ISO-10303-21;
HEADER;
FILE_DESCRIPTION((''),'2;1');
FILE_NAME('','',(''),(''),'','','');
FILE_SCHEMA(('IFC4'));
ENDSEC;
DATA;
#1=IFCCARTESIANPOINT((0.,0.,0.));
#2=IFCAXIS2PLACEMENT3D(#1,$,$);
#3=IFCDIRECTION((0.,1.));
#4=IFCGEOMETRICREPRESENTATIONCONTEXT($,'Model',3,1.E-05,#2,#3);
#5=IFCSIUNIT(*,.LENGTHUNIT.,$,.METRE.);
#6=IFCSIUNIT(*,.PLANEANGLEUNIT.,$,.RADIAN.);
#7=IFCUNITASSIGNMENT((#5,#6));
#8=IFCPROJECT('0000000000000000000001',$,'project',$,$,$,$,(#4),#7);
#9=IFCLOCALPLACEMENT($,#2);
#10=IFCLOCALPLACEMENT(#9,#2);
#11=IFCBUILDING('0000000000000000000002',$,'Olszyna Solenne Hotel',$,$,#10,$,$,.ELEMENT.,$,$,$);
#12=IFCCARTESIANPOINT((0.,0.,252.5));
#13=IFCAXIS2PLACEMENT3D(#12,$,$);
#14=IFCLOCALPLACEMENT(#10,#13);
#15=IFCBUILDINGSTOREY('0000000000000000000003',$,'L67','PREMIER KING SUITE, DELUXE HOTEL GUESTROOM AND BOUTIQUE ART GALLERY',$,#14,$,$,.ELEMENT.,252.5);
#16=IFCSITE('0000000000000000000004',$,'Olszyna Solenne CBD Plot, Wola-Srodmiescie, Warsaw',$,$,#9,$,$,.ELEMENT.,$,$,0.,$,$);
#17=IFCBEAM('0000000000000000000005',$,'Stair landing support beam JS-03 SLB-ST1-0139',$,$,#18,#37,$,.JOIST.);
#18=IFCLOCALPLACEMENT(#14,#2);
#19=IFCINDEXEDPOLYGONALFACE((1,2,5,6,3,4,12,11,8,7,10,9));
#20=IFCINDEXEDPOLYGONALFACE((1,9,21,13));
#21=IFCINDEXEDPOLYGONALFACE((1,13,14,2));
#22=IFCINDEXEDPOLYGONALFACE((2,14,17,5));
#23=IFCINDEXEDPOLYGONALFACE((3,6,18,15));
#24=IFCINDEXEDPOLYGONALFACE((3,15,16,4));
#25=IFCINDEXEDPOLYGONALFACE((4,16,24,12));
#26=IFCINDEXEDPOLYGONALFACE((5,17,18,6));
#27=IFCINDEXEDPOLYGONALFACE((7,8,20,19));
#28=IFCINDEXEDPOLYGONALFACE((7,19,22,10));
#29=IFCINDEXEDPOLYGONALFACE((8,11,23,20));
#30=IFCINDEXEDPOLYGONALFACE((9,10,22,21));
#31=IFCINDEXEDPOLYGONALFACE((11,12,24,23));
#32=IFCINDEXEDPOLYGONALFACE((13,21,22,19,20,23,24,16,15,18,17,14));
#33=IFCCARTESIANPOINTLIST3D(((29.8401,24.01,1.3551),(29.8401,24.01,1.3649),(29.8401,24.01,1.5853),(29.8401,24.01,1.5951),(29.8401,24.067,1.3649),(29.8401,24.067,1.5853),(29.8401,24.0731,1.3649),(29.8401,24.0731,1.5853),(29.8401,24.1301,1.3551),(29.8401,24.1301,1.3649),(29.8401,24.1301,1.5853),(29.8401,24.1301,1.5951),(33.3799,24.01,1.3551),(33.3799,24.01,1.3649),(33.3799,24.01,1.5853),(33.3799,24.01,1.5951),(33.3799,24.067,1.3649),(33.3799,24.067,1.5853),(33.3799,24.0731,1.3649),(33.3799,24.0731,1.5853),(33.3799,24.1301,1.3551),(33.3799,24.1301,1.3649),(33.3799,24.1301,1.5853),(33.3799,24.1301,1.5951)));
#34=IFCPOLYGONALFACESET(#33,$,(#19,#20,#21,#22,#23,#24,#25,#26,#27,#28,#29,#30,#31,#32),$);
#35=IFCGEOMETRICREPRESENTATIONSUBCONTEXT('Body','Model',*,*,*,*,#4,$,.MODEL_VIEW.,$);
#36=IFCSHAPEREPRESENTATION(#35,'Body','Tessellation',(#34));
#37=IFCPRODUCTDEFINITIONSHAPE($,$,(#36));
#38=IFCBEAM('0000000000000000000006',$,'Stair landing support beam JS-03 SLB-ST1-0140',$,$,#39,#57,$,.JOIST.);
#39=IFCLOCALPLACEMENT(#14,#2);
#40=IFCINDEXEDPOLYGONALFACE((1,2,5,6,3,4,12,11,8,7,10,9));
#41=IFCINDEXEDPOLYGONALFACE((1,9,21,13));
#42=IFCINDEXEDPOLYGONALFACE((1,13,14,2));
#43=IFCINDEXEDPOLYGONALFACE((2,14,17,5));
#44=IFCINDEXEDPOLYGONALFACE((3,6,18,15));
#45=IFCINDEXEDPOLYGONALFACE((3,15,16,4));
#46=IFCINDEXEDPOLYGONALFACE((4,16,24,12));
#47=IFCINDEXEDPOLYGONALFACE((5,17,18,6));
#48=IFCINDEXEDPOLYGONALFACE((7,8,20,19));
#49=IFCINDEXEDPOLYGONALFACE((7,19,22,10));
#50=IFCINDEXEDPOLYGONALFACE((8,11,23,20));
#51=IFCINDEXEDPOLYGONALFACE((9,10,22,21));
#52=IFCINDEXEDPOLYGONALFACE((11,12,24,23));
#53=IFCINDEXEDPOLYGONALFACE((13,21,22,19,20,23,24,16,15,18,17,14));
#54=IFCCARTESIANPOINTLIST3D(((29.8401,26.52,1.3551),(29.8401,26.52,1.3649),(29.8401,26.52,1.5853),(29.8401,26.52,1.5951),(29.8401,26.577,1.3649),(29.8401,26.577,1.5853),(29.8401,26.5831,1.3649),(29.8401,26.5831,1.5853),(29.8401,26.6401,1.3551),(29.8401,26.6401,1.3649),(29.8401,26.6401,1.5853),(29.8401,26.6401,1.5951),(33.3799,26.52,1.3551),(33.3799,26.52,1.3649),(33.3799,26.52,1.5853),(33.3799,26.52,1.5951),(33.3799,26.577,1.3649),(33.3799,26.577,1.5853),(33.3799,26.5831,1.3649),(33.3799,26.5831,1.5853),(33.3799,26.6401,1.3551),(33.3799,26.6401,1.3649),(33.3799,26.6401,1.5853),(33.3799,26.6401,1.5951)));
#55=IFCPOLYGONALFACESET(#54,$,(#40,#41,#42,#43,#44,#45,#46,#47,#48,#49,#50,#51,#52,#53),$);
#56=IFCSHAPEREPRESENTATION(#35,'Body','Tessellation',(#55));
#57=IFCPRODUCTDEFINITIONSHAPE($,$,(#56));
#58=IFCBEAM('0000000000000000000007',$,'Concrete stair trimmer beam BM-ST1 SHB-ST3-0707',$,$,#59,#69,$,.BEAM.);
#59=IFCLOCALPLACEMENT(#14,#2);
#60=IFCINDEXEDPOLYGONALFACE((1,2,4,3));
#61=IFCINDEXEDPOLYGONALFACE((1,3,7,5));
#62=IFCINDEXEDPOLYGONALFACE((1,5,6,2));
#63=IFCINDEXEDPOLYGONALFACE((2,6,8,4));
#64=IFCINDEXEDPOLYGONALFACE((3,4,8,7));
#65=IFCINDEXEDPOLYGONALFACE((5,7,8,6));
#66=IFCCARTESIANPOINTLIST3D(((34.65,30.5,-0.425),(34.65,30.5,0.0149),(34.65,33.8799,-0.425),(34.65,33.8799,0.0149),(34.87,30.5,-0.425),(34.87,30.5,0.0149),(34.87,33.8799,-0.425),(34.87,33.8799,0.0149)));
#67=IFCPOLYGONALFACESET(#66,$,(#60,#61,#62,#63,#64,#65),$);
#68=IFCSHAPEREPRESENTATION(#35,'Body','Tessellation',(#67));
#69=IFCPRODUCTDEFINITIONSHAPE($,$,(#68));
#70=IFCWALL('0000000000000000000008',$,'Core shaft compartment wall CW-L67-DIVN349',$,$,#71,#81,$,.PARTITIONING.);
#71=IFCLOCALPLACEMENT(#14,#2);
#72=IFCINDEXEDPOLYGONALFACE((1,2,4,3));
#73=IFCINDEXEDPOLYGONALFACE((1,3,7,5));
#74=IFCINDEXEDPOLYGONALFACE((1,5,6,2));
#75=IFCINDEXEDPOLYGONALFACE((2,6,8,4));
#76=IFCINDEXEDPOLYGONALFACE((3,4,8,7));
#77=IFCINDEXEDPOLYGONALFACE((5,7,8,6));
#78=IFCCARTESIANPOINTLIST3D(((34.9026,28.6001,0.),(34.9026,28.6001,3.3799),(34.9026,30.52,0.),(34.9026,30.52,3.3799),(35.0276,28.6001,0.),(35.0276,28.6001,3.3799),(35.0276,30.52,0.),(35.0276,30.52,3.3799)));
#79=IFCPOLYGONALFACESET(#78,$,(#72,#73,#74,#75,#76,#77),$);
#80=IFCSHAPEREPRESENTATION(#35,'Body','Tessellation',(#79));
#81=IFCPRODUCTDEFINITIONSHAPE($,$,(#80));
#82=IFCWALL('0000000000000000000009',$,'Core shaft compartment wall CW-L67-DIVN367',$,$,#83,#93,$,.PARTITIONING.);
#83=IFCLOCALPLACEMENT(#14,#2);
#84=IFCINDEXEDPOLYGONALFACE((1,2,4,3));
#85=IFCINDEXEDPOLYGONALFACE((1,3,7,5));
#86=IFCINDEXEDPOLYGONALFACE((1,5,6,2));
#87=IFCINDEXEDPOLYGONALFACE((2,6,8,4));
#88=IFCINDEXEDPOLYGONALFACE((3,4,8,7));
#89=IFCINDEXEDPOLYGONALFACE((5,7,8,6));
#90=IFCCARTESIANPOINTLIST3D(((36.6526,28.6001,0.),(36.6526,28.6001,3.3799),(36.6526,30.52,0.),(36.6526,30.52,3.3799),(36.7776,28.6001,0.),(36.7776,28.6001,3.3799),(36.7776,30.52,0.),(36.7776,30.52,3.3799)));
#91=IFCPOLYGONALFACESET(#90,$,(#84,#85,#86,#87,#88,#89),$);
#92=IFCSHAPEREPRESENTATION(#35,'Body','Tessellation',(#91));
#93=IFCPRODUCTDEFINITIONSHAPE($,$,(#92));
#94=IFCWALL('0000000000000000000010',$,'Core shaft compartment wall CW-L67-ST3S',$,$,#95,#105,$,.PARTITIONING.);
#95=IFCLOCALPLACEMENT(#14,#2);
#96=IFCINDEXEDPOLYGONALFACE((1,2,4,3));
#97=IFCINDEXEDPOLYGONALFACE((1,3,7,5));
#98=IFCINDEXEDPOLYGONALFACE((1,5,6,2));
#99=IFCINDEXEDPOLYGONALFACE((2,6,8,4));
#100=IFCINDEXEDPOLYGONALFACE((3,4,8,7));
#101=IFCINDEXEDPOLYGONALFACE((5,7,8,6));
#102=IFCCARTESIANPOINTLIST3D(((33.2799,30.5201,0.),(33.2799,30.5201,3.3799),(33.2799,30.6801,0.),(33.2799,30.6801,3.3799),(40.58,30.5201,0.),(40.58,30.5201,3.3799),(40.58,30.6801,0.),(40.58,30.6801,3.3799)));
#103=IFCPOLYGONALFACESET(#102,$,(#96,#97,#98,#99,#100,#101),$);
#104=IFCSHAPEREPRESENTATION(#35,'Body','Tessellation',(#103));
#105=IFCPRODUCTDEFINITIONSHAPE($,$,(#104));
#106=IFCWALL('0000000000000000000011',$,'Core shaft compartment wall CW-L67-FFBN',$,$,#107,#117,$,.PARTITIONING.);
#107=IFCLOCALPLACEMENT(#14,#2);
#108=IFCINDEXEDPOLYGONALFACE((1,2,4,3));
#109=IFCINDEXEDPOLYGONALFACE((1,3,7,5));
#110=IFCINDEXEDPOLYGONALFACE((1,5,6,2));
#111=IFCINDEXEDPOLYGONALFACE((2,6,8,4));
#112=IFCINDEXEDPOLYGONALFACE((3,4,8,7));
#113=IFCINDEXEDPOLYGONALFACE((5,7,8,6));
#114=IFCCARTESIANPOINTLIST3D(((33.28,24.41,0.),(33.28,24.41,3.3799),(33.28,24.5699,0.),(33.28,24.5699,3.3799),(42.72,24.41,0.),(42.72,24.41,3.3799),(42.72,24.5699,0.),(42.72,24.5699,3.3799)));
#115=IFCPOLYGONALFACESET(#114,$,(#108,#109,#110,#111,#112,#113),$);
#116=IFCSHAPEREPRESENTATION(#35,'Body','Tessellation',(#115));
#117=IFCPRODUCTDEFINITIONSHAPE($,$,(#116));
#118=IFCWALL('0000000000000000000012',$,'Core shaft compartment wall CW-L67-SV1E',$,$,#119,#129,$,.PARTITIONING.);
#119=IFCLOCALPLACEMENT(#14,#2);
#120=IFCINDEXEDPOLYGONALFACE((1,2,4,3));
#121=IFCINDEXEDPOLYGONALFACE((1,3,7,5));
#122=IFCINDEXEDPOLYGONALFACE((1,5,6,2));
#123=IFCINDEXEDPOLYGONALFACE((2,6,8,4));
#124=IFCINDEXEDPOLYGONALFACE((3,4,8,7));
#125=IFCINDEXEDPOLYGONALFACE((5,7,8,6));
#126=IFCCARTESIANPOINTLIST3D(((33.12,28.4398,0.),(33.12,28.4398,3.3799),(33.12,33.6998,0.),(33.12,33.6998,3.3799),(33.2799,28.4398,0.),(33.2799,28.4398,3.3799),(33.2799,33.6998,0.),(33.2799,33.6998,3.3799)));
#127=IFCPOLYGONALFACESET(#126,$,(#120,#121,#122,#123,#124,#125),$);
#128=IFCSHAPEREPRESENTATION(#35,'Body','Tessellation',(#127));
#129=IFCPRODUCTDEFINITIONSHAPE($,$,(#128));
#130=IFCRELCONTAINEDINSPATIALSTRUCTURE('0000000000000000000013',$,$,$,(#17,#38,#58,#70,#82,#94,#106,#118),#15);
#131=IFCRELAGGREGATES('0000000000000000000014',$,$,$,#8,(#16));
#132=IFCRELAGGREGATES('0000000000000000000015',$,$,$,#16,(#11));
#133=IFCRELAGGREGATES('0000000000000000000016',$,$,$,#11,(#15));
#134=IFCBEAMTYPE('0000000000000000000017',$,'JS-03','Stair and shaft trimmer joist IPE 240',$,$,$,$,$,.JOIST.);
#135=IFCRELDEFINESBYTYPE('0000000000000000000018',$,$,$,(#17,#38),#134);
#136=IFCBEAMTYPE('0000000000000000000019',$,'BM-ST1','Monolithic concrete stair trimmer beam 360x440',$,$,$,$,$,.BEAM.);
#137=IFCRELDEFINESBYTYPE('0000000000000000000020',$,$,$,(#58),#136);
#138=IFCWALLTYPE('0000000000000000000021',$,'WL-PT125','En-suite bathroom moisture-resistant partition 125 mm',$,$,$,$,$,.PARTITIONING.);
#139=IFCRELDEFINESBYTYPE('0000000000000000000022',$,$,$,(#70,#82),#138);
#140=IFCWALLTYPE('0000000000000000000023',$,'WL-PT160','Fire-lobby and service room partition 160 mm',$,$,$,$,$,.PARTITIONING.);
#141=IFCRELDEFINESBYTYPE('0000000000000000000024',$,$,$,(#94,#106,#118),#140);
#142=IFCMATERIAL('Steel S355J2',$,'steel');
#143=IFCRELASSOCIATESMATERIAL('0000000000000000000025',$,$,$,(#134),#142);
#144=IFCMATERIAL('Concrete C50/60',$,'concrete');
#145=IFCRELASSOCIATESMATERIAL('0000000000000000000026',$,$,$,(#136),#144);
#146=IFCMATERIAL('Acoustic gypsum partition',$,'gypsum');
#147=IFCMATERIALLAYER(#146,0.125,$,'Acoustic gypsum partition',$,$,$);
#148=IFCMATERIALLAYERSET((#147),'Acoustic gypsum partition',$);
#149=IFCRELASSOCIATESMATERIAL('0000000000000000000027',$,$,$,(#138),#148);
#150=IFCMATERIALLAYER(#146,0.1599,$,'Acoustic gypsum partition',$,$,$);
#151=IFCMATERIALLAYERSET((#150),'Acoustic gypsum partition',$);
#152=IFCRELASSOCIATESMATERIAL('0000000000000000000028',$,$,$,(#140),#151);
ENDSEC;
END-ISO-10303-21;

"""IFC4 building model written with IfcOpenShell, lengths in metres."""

from ifc_helpers import new_model, si_unit, direction, frame, frame_2d, origin, origin_2d, place, context, subcontext, project, spatial, rectangle, i_section, extrude, source, transform, mapped, material, layer, layer_set, material_profile, profile_set, type_object, element, save


model = new_model("IFC4")

# Units and contexts
model_context = context("Model", 3, precision=1e-05, world=origin(), true_north=direction((0.0, 1.0)))
body_context = subcontext(model_context, "Body", "Model", "MODEL_VIEW")
ifc_project = project(units=[si_unit("LENGTHUNIT", "METRE"), si_unit("PLANEANGLEUNIT", "RADIAN")], contexts=[model_context])

# Site, building, storey
site_placement = place(None, origin())
site = spatial("IfcSite", under=ifc_project, at=site_placement, Name="Olszyna Solenne CBD Plot, Wola-Srodmiescie, Warsaw", CompositionType="ELEMENT", RefElevation=0.0)
building_placement = place(site_placement, origin())
building = spatial("IfcBuilding", under=site, at=building_placement, Name="Olszyna Solenne Hotel", CompositionType="ELEMENT")
storey_placement = place(building_placement, frame((0.0, 0.0, 252.5)))
storey = spatial("IfcBuildingStorey", under=building, at=storey_placement, Name="L67", Description="PREMIER KING SUITE, DELUXE HOTEL GUESTROOM AND BOUTIQUE ART GALLERY", CompositionType="ELEMENT", Elevation=252.5)

# Beams
ifc_material_1 = material(Name="Steel S355J2", Category="steel")
ifc_material_profile_1 = material_profile(ifc_material_1, i_section(OverallWidth=0.1201, OverallDepth=0.24, WebThickness=0.0061, FlangeThickness=0.0098, at=origin_2d()), Name="IPE 240", Category="load-bearing")
ifc_profile_set_1 = profile_set([ifc_material_profile_1], Name="Steel S355J2")
beam_type_1 = type_object("IfcBeamType", Name="JS-03", Description="Stair and shaft trimmer joist IPE 240", PredefinedType="JOIST", material=ifc_profile_set_1)
shared_shape_1 = source(origin(), body_context, "Body", "SweptSolid", [
    extrude(i_section(OverallWidth=0.1201, OverallDepth=0.24, WebThickness=0.0061, FlangeThickness=0.0098, at=origin_2d()), origin(), (0.0, 0.0, 1.0), 3.5398),
])
for number, where, z_axis, x_axis, name in (
    (1, (33.3799, 24.0701, 1.4751), (-1.0, 0.0, 0.0), (0.0, -1.0, 0.0), "Stair landing support beam JS-03 SLB-ST1-0139"),
    (2, (33.3799, 26.5801, 1.4751), (-1.0, 0.0, 0.0), (0.0, -1.0, 0.0), "Stair landing support beam JS-03 SLB-ST1-0140"),
):
    element("IfcBeam", number, at=place(storey_placement, frame(where, z_axis=z_axis, x_axis=x_axis)), inside=storey, type_object=beam_type_1, Name=name, PredefinedType="JOIST", context=body_context, shape_type="MappedRepresentation", body=[
        mapped(shared_shape_1, transform((0.0, 0.0, 0.0), x_axis=(1.0, 0.0, 0.0), y_axis=(0.0, 1.0, 0.0), z_axis=(0.0, 0.0, 1.0), scale=1.0)),
    ])
ifc_material_2 = material(Name="Concrete C50/60", Category="concrete")
ifc_material_profile_2 = material_profile(ifc_material_2, rectangle(XDim=0.22, YDim=0.4399, at=origin_2d()), Name="RC 220x440", Category="load-bearing")
ifc_profile_set_2 = profile_set([ifc_material_profile_2], Name="Concrete C50/60")
beam_type_2 = type_object("IfcBeamType", Name="BM-ST1", Description="Monolithic concrete stair trimmer beam 360x440", PredefinedType="BEAM", material=ifc_profile_set_2)
shared_shape_2 = source(origin(), body_context, "Body", "SweptSolid", [
    extrude(rectangle(XDim=0.22, YDim=0.4399, at=origin_2d()), origin(), (0.0, 0.0, 1.0), 3.3799),
])
beam_placement = place(storey_placement, frame((34.76, 30.5, -0.2051), z_axis=(0.0, 1.0, 0.0), x_axis=(-1.0, 0.0, 0.0)))
element("IfcBeam", 3, at=beam_placement, inside=storey, type_object=beam_type_2, Name="Concrete stair trimmer beam BM-ST1 SHB-ST3-0707", PredefinedType="BEAM", context=body_context, shape_type="MappedRepresentation", body=[
    mapped(shared_shape_2, transform((0.0, 0.0, 0.0), x_axis=(1.0, 0.0, 0.0), y_axis=(0.0, 1.0, 0.0), z_axis=(0.0, 0.0, 1.0), scale=1.0)),
])

# Walls
ifc_material_3 = material(Name="Acoustic gypsum partition", Category="gypsum")
ifc_layer_1 = layer(ifc_material_3, 0.125, Name="Acoustic gypsum partition")
ifc_layer_set_1 = layer_set([ifc_layer_1], Name="Acoustic gypsum partition")
wall_type_1 = type_object("IfcWallType", Name="WL-PT125", Description="En-suite bathroom moisture-resistant partition 125 mm", PredefinedType="PARTITIONING", material=ifc_layer_set_1)
for number, where, z_axis, x_axis, name in (
    (4, (34.9651, 28.6001, 0.0), (0.0, 0.0, 1.0), (0.0, 1.0, 0.0), "Core shaft compartment wall CW-L67-DIVN349"),
    (5, (36.7151, 28.6001, 0.0), (0.0, 0.0, 1.0), (0.0, 1.0, 0.0), "Core shaft compartment wall CW-L67-DIVN367"),
):
    element("IfcWall", number, at=place(storey_placement, frame(where, z_axis=z_axis, x_axis=x_axis)), inside=storey, type_object=wall_type_1, Name=name, PredefinedType="PARTITIONING", context=body_context, shape_type="SweptSolid", body=[
        extrude(rectangle(XDim=1.9199, YDim=0.125, at=frame_2d((0.96, 0.0))), origin(), (0.0, 0.0, 1.0), 3.3799),
    ])
ifc_layer_2 = layer(ifc_material_3, 0.1599, Name="Acoustic gypsum partition")
ifc_layer_set_2 = layer_set([ifc_layer_2], Name="Acoustic gypsum partition")
wall_type_2 = type_object("IfcWallType", Name="WL-PT160", Description="Fire-lobby and service room partition 160 mm", PredefinedType="PARTITIONING", material=ifc_layer_set_2)
wall_1_placement = place(storey_placement, frame((33.28, 30.6001, 0.0), z_axis=(0.0, 0.0, 1.0), x_axis=(1.0, 0.0, 0.0)))
element("IfcWall", 6, at=wall_1_placement, inside=storey, type_object=wall_type_2, Name="Core shaft compartment wall CW-L67-ST3S", PredefinedType="PARTITIONING", context=body_context, shape_type="SweptSolid", body=[
    extrude(rectangle(XDim=7.3, YDim=0.1599, at=frame_2d((3.6499, 0.0))), origin(), (0.0, 0.0, 1.0), 3.3799),
])
wall_2_placement = place(storey_placement, frame((33.28, 24.49, 0.0), z_axis=(0.0, 0.0, 1.0), x_axis=(1.0, 0.0, 0.0)))
element("IfcWall", 7, at=wall_2_placement, inside=storey, type_object=wall_type_2, Name="Core shaft compartment wall CW-L67-FFBN", PredefinedType="PARTITIONING", context=body_context, shape_type="SweptSolid", body=[
    extrude(rectangle(XDim=9.4399, YDim=0.1599, at=frame_2d((4.72, 0.0))), origin(), (0.0, 0.0, 1.0), 3.3799),
])
wall_3_placement = place(storey_placement, frame((33.2, 28.4399, 0.0), z_axis=(0.0, 0.0, 1.0), x_axis=(0.0, 1.0, 0.0)))
element("IfcWall", 8, at=wall_3_placement, inside=storey, type_object=wall_type_2, Name="Core shaft compartment wall CW-L67-SV1E", PredefinedType="PARTITIONING", context=body_context, shape_type="SweptSolid", body=[
    extrude(rectangle(XDim=5.26, YDim=0.1599, at=frame_2d((2.6299, 0.0))), origin(), (0.0, 0.0, 1.0), 3.3799),
])

save(model, "model.ifc")
